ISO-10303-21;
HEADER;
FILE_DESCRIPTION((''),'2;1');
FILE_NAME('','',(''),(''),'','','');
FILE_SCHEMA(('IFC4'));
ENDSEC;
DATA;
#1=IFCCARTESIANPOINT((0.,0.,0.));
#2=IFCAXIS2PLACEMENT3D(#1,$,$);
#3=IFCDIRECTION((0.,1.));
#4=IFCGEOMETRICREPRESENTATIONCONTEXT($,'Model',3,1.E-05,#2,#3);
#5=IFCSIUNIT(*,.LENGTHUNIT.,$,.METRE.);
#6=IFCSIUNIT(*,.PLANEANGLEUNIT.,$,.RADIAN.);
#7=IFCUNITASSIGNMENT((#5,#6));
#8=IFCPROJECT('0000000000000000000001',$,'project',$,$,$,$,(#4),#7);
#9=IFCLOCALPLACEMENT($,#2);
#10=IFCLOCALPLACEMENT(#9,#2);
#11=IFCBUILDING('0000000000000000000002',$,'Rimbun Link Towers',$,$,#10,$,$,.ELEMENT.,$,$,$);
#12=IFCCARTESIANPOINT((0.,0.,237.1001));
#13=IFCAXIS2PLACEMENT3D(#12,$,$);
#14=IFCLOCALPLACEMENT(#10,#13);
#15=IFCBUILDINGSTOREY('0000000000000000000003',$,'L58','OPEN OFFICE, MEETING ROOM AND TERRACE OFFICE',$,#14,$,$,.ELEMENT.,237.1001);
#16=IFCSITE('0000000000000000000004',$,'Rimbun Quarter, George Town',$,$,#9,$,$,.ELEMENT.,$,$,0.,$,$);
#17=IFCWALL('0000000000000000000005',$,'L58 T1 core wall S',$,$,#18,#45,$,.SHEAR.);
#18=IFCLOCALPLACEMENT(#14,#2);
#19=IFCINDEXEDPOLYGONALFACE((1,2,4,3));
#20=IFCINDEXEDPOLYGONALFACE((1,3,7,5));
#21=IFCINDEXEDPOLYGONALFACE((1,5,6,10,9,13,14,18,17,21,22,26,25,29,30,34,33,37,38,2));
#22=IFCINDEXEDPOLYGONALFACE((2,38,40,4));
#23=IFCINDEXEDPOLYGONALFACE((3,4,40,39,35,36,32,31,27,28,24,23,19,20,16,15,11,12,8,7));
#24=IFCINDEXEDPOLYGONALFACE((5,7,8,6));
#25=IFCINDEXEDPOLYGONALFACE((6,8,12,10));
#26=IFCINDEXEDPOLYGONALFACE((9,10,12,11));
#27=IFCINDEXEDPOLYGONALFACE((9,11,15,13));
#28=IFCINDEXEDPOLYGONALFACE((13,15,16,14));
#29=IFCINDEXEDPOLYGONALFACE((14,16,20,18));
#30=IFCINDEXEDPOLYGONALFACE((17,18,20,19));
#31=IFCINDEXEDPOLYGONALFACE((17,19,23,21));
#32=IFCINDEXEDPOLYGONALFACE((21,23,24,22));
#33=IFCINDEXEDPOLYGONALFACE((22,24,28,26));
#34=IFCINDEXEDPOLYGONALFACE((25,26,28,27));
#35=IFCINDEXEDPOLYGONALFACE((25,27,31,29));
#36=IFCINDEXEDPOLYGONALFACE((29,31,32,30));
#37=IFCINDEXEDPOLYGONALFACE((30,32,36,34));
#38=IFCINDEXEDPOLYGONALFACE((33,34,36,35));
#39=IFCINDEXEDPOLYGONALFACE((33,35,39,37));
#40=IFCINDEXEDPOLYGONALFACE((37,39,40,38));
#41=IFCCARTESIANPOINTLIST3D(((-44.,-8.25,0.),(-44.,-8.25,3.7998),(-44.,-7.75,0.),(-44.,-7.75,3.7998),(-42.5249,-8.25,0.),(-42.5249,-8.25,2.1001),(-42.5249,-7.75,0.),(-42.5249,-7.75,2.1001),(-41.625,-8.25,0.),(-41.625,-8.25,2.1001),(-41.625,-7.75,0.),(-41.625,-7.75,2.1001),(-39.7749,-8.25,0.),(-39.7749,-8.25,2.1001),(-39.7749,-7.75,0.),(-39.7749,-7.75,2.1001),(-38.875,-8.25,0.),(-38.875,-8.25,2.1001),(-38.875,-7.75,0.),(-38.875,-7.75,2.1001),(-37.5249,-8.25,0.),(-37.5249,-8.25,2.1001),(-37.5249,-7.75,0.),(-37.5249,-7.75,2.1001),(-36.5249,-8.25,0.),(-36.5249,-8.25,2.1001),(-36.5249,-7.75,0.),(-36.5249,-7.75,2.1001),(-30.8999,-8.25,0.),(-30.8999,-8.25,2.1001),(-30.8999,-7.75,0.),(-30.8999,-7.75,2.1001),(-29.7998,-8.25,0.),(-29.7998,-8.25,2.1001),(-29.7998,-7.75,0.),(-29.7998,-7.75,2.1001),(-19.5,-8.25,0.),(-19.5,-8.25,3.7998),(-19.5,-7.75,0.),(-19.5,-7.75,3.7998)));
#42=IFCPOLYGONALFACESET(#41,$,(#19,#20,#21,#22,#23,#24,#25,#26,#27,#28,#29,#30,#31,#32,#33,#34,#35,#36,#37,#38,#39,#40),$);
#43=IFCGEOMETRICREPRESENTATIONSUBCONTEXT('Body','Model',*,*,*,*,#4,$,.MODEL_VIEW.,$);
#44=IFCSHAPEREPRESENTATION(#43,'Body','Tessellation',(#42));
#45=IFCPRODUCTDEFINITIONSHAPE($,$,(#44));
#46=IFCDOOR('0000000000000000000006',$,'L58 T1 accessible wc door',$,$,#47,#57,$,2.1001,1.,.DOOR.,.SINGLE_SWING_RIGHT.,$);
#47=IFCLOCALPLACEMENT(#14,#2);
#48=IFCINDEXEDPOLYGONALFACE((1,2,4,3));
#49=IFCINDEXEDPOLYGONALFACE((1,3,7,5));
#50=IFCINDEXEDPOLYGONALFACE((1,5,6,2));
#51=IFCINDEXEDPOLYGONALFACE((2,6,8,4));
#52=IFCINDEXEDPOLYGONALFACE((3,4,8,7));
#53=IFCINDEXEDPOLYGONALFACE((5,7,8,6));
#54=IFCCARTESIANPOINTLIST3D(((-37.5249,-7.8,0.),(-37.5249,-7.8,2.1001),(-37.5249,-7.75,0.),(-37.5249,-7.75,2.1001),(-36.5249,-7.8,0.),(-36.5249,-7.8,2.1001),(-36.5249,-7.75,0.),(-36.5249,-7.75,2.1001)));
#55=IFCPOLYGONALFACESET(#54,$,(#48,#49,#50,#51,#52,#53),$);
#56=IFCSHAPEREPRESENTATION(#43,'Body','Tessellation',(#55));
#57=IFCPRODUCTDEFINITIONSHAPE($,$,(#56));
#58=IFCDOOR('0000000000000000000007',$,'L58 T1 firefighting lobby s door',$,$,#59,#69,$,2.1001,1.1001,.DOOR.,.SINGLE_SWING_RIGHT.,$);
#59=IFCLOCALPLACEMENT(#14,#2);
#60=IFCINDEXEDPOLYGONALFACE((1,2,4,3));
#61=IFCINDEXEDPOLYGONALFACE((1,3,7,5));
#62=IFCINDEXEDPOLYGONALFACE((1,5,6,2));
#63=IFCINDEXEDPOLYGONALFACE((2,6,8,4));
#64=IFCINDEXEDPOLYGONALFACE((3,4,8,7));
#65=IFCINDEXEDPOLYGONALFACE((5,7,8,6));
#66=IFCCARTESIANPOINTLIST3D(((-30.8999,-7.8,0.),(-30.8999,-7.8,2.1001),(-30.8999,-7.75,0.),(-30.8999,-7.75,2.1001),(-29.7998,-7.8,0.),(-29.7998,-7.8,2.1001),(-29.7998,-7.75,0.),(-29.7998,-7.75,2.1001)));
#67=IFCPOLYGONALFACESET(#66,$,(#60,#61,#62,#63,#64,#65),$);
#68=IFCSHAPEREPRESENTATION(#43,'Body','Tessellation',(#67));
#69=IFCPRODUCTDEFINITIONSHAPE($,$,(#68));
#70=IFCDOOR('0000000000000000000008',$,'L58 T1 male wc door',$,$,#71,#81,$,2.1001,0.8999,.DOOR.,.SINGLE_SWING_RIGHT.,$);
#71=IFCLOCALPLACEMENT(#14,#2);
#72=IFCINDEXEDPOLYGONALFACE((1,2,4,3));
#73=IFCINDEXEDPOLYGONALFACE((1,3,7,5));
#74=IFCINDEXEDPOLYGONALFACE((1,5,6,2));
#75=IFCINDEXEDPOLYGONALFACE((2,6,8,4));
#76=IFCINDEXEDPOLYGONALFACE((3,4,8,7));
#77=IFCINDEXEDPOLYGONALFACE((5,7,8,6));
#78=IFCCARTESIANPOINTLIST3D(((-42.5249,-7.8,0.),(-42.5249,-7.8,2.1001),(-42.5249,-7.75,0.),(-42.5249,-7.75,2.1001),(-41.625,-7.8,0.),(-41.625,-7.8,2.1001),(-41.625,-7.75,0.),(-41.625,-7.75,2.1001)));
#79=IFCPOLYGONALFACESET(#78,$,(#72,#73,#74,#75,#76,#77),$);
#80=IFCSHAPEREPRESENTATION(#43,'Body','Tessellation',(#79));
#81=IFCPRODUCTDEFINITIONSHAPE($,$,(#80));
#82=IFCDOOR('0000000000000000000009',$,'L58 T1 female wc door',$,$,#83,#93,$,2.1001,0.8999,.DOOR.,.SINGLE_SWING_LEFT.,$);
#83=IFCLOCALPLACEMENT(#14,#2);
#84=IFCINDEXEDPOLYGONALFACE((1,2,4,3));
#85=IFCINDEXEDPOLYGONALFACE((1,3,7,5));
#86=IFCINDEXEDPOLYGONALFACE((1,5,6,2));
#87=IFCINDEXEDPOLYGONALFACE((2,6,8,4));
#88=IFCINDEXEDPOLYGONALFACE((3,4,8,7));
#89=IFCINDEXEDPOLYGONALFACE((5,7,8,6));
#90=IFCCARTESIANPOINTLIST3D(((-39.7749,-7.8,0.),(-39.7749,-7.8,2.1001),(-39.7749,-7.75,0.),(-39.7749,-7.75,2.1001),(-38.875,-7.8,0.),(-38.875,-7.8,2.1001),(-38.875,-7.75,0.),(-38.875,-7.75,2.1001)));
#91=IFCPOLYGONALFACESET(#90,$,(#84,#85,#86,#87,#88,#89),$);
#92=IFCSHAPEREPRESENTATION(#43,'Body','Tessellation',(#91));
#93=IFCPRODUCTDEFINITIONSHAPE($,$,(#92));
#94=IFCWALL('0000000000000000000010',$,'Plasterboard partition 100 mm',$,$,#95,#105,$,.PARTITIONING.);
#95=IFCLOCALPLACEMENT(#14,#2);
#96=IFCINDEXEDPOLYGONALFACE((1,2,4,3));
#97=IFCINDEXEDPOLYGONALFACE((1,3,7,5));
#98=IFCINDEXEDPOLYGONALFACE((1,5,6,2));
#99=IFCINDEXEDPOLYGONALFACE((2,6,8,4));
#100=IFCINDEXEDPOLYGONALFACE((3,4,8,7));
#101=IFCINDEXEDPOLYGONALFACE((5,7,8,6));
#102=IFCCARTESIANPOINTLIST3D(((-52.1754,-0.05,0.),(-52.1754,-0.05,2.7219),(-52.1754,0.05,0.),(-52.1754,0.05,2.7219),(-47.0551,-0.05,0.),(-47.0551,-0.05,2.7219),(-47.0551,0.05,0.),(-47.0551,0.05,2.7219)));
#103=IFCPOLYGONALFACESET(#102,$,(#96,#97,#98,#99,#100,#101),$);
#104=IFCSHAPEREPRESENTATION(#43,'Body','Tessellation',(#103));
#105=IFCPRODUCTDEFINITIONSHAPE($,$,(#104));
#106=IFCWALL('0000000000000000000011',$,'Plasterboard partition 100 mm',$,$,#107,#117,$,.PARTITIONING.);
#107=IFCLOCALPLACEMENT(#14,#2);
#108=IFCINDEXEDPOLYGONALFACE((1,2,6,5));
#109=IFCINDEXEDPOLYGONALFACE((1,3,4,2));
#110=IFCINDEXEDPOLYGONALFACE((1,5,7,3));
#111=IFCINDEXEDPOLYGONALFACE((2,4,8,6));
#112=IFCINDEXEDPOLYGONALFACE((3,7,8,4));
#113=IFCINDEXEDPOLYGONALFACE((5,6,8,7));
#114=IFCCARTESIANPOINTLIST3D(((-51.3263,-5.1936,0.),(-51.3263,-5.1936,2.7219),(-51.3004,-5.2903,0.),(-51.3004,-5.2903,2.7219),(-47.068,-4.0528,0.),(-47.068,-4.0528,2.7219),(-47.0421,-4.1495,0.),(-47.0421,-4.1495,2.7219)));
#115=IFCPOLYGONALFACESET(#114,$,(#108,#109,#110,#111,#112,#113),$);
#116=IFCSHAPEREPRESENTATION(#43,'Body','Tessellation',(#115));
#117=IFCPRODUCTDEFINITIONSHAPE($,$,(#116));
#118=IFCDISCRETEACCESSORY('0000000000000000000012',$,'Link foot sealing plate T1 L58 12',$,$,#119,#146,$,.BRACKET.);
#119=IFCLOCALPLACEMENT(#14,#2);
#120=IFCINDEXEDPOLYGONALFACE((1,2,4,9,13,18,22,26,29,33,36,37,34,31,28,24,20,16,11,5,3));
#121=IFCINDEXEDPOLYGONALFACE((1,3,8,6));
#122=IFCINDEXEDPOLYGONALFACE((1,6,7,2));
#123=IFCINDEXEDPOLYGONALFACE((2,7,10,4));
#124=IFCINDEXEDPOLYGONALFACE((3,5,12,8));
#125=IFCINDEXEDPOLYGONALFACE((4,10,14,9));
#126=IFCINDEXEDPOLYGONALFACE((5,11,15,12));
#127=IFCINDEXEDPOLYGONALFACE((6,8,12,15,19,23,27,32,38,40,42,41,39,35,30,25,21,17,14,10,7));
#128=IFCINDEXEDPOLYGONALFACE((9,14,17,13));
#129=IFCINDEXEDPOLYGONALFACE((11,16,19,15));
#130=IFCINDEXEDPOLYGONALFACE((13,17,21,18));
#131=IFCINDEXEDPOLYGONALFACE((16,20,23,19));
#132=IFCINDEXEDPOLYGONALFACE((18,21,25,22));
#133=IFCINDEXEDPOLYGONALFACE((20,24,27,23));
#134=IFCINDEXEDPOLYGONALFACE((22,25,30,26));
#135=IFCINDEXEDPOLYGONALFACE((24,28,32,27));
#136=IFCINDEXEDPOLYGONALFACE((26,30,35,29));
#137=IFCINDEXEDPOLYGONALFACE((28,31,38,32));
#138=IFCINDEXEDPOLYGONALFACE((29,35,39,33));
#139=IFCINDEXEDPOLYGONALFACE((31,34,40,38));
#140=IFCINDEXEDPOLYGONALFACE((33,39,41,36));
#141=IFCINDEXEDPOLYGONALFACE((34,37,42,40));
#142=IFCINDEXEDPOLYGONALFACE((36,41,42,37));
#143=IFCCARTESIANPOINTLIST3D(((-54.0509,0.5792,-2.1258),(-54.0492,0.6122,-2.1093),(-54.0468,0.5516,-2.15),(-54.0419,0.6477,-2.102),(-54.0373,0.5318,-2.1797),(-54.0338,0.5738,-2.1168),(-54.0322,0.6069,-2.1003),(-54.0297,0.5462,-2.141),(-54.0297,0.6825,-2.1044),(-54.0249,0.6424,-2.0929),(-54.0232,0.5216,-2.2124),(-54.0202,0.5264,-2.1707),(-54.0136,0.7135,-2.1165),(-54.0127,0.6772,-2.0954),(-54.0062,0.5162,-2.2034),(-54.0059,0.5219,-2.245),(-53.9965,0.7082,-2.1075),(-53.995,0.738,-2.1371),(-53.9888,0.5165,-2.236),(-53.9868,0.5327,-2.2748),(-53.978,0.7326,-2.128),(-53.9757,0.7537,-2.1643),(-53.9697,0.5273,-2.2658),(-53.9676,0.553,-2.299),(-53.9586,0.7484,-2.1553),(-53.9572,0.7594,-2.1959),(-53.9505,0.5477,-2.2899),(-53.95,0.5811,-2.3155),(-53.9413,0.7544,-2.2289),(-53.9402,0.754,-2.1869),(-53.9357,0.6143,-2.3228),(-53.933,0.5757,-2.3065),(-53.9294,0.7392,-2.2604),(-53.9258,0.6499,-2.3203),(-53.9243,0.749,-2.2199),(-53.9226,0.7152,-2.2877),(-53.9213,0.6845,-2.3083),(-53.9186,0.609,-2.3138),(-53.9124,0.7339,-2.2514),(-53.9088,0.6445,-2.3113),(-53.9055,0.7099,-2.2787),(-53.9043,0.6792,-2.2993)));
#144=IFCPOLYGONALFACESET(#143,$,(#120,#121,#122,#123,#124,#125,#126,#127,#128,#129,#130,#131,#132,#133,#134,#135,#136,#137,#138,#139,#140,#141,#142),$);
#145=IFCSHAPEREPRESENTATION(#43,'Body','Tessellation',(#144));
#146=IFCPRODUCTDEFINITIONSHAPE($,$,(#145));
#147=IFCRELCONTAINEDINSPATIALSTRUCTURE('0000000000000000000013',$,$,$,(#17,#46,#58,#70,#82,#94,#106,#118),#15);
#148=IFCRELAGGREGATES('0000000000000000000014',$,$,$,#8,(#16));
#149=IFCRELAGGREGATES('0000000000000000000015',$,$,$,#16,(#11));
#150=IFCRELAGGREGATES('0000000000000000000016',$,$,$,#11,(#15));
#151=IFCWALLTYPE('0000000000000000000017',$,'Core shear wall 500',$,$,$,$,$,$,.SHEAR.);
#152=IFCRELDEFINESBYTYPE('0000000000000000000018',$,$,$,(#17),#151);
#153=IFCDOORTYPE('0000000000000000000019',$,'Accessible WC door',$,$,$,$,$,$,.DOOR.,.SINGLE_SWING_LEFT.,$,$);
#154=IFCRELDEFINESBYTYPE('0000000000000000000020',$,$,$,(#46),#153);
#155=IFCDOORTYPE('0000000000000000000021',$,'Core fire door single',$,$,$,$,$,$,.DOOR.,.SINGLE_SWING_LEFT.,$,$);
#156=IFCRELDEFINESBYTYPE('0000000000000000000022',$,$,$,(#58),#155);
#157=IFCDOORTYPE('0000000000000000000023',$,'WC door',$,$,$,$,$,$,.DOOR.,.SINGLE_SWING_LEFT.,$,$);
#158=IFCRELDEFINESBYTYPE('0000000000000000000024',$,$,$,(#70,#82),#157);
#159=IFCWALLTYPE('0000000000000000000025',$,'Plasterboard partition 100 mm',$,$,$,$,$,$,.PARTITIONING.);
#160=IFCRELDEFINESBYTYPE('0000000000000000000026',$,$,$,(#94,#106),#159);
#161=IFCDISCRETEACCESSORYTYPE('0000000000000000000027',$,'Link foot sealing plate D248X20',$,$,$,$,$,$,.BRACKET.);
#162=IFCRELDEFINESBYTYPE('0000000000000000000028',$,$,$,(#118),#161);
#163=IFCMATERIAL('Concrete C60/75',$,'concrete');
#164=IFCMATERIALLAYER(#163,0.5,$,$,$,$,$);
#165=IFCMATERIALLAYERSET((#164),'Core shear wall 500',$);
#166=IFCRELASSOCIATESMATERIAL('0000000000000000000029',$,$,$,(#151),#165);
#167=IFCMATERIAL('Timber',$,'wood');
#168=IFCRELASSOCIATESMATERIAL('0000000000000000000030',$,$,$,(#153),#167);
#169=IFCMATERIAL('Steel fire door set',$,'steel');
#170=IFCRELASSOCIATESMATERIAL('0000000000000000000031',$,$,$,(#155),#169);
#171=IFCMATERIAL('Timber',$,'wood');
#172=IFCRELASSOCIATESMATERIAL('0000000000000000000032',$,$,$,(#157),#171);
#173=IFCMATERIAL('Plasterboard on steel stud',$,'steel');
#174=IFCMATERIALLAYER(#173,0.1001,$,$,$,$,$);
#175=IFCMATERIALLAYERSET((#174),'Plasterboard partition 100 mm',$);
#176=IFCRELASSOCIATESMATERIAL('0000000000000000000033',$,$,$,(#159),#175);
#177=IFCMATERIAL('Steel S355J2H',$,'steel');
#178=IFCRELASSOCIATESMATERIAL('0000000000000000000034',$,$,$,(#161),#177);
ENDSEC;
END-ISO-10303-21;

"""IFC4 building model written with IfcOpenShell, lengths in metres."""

from ifc_helpers import new_model, si_unit, direction, frame, frame_2d, origin, origin_2d, place, context, subcontext, project, spatial, rectangle, circle, extrude, material, layer, layer_set, material_profile, profile_set, type_object, element, fill, save


model = new_model("IFC4")

# Units and contexts
model_context = context("Model", 3, precision=1e-05, world=origin(), true_north=direction((0.0, 1.0)))
body_context = subcontext(model_context, "Body", "Model", "MODEL_VIEW")
ifc_project = project(units=[si_unit("LENGTHUNIT", "METRE"), si_unit("PLANEANGLEUNIT", "RADIAN")], contexts=[model_context])

# Site, building, storey
site_placement = place(None, origin())
site = spatial("IfcSite", under=ifc_project, at=site_placement, Name="Rimbun Quarter, George Town", CompositionType="ELEMENT", RefElevation=0.0)
building_placement = place(site_placement, origin())
building = spatial("IfcBuilding", under=site, at=building_placement, Name="Rimbun Link Towers", CompositionType="ELEMENT")
storey_placement = place(building_placement, frame((0.0, 0.0, 237.1001)))
storey = spatial("IfcBuildingStorey", under=building, at=storey_placement, Name="L58", Description="OPEN OFFICE, MEETING ROOM AND TERRACE OFFICE", CompositionType="ELEMENT", Elevation=237.1001)

# Wall, openings, doors
ifc_material_1 = material(Name="Concrete C60/75", Category="concrete")
ifc_layer_1 = layer(ifc_material_1, 0.5)
ifc_layer_set_1 = layer_set([ifc_layer_1], Name="Core shear wall 500")
wall_type_1 = type_object("IfcWallType", Name="Core shear wall 500", PredefinedType="SHEAR", material=ifc_layer_set_1)
wall_1_placement = place(storey_placement, frame((-44.0, -8.0, 0.0), z_axis=(0.0, 0.0, 1.0), x_axis=(1.0, 0.0, 0.0)))
wall_1 = element("IfcWall", 1, at=wall_1_placement, inside=storey, type_object=wall_type_1, Name="L58 T1 core wall S", PredefinedType="SHEAR", context=body_context, shape_type="SweptSolid", body=[
    extrude(rectangle(XDim=24.5, YDim=0.5, at=frame_2d((12.25, 0.0))), origin(), (0.0, 0.0, 1.0), 3.7998),
])
opening_1_placement = place(wall_1_placement, frame((13.1001, 0.0, 0.0)))
opening_1 = element("IfcOpeningElement", 2, at=opening_1_placement, cuts=wall_1, PredefinedType="OPENING", context=body_context, shape_type="SweptSolid", body=[
    extrude(rectangle(XDim=1.1001, YDim=2.1001, at=frame_2d((0.55, 1.05))), frame((0.0, 0.26, 0.0), z_axis=(0.0, -1.0, 0.0), x_axis=(1.0, 0.0, 0.0)), (0.0, 0.0, 1.0), 0.52),
])
opening_2_placement = place(wall_1_placement, frame((1.4751, 0.0, 0.0)))
opening_2 = element("IfcOpeningElement", 3, at=opening_2_placement, cuts=wall_1, PredefinedType="OPENING", context=body_context, shape_type="SweptSolid", body=[
    extrude(rectangle(XDim=0.8999, YDim=2.1001, at=frame_2d((0.45, 1.05))), frame((0.0, 0.26, 0.0), z_axis=(0.0, -1.0, 0.0), x_axis=(1.0, 0.0, 0.0)), (0.0, 0.0, 1.0), 0.52),
])
opening_3_placement = place(wall_1_placement, frame((4.2251, 0.0, 0.0)))
opening_3 = element("IfcOpeningElement", 4, at=opening_3_placement, cuts=wall_1, PredefinedType="OPENING", context=body_context, shape_type="SweptSolid", body=[
    extrude(rectangle(XDim=0.8999, YDim=2.1001, at=frame_2d((0.45, 1.05))), frame((0.0, 0.26, 0.0), z_axis=(0.0, -1.0, 0.0), x_axis=(1.0, 0.0, 0.0)), (0.0, 0.0, 1.0), 0.52),
])
opening_4_placement = place(wall_1_placement, frame((6.4751, 0.0, 0.0)))
opening_4 = element("IfcOpeningElement", 5, at=opening_4_placement, cuts=wall_1, PredefinedType="OPENING", context=body_context, shape_type="SweptSolid", body=[
    extrude(rectangle(XDim=1.0, YDim=2.1001, at=frame_2d((0.5, 1.05))), frame((0.0, 0.26, 0.0), z_axis=(0.0, -1.0, 0.0), x_axis=(1.0, 0.0, 0.0)), (0.0, 0.0, 1.0), 0.52),
])
ifc_material_2 = material(Name="Timber", Category="wood")
door_type_1 = type_object("IfcDoorType", Name="Accessible WC door", OperationType="SINGLE_SWING_LEFT", PredefinedType="DOOR", material=ifc_material_2)
door_1_placement = place(opening_4_placement, origin())
door_1 = element("IfcDoor", 6, at=door_1_placement, inside=storey, type_object=door_type_1, Name="L58 T1 accessible wc door", OperationType="SINGLE_SWING_RIGHT", OverallHeight=2.1001, OverallWidth=1.0, PredefinedType="DOOR", context=body_context, shape_type="SweptSolid", body=[
    extrude(rectangle(XDim=1.0, YDim=2.1001, at=frame_2d((0.5, 1.05))), frame((0.0, 0.25, 0.0), z_axis=(0.0, -1.0, 0.0), x_axis=(1.0, 0.0, 0.0)), (0.0, 0.0, 1.0), 0.05),
])
fill(opening_4, door_1)
ifc_material_3 = material(Name="Steel fire door set", Category="steel")
door_type_2 = type_object("IfcDoorType", Name="Core fire door single", OperationType="SINGLE_SWING_LEFT", PredefinedType="DOOR", material=ifc_material_3)
door_2_placement = place(opening_1_placement, origin())
door_2 = element("IfcDoor", 7, at=door_2_placement, inside=storey, type_object=door_type_2, Name="L58 T1 firefighting lobby s door", OperationType="SINGLE_SWING_RIGHT", OverallHeight=2.1001, OverallWidth=1.1001, PredefinedType="DOOR", context=body_context, shape_type="SweptSolid", body=[
    extrude(rectangle(XDim=1.1001, YDim=2.1001, at=frame_2d((0.55, 1.05))), frame((0.0, 0.25, 0.0), z_axis=(0.0, -1.0, 0.0), x_axis=(1.0, 0.0, 0.0)), (0.0, 0.0, 1.0), 0.05),
])
fill(opening_1, door_2)
ifc_material_4 = material(Name="Timber", Category="wood")
door_type_3 = type_object("IfcDoorType", Name="WC door", OperationType="SINGLE_SWING_LEFT", PredefinedType="DOOR", material=ifc_material_4)
door_3_placement = place(opening_2_placement, origin())
door_3 = element("IfcDoor", 8, at=door_3_placement, inside=storey, type_object=door_type_3, Name="L58 T1 male wc door", OperationType="SINGLE_SWING_RIGHT", OverallHeight=2.1001, OverallWidth=0.8999, PredefinedType="DOOR", context=body_context, shape_type="SweptSolid", body=[
    extrude(rectangle(XDim=0.8999, YDim=2.1001, at=frame_2d((0.45, 1.05))), frame((0.0, 0.25, 0.0), z_axis=(0.0, -1.0, 0.0), x_axis=(1.0, 0.0, 0.0)), (0.0, 0.0, 1.0), 0.05),
])
fill(opening_2, door_3)
door_4_placement = place(opening_3_placement, origin())
door_4 = element("IfcDoor", 9, at=door_4_placement, inside=storey, type_object=door_type_3, Name="L58 T1 female wc door", OperationType="SINGLE_SWING_LEFT", OverallHeight=2.1001, OverallWidth=0.8999, PredefinedType="DOOR", context=body_context, shape_type="SweptSolid", body=[
    extrude(rectangle(XDim=0.8999, YDim=2.1001, at=frame_2d((0.45, 1.05))), frame((0.0, 0.25, 0.0), z_axis=(0.0, -1.0, 0.0), x_axis=(1.0, 0.0, 0.0)), (0.0, 0.0, 1.0), 0.05),
])
fill(opening_3, door_4)

# Walls
ifc_material_5 = material(Name="Plasterboard on steel stud", Category="steel")
ifc_layer_2 = layer(ifc_material_5, 0.1001)
ifc_layer_set_2 = layer_set([ifc_layer_2], Name="Plasterboard partition 100 mm")
wall_type_2 = type_object("IfcWallType", Name="Plasterboard partition 100 mm", PredefinedType="PARTITIONING", material=ifc_layer_set_2)
wall_2_placement = place(storey_placement, frame((-52.1753, 0.0, 0.0), z_axis=(0.0, 0.0, 1.0), x_axis=(1.0, 0.0, 0.0)))
element("IfcWall", 10, at=wall_2_placement, inside=storey, type_object=wall_type_2, Name="Plasterboard partition 100 mm", PredefinedType="PARTITIONING", context=body_context, shape_type="SweptSolid", body=[
    extrude(rectangle(XDim=5.1204, YDim=0.1001, at=frame_2d((2.5601, 0.0))), origin(), (0.0, 0.0, 1.0), 2.7219),
])
wall_3_placement = place(storey_placement, frame((-51.3132, -5.2419, 0.0), z_axis=(0.0, 0.0, 1.0), x_axis=(0.965934, 0.25879, 0.0)))
element("IfcWall", 11, at=wall_3_placement, inside=storey, type_object=wall_type_2, Name="Plasterboard partition 100 mm", PredefinedType="PARTITIONING", context=body_context, shape_type="SweptSolid", body=[
    extrude(rectangle(XDim=4.4084, YDim=0.1001, at=frame_2d((2.2041, 0.0))), origin(), (0.0, 0.0, 1.0), 2.7219),
])

# Discrete accessory
ifc_material_6 = material(Name="Steel S355J2H", Category="steel")
ifc_material_profile_1 = material_profile(ifc_material_6, circle(Radius=0.124, at=origin_2d()), Name="PL D248")
ifc_profile_set_1 = profile_set([ifc_material_profile_1], Name="Steel S355J2H")
discrete_accessory_type = type_object("IfcDiscreteAccessoryType", Name="Link foot sealing plate D248X20", PredefinedType="BRACKET", material=ifc_profile_set_1)
discrete_accessory_placement = place(storey_placement, frame((-53.969, 0.6345, -2.2034), z_axis=(-0.851824, 0.267716, -0.45025), x_axis=(-0.299827, -0.953994, 0.0)))
element("IfcDiscreteAccessory", 12, at=discrete_accessory_placement, inside=storey, type_object=discrete_accessory_type, Name="Link foot sealing plate T1 L58 12", PredefinedType="BRACKET", context=body_context, shape_type="SweptSolid", body=[
    extrude(circle(Radius=0.124, at=origin_2d()), origin(), (0.0, 0.0, 1.0), 0.02),
])

save(model, "model.ifc")
